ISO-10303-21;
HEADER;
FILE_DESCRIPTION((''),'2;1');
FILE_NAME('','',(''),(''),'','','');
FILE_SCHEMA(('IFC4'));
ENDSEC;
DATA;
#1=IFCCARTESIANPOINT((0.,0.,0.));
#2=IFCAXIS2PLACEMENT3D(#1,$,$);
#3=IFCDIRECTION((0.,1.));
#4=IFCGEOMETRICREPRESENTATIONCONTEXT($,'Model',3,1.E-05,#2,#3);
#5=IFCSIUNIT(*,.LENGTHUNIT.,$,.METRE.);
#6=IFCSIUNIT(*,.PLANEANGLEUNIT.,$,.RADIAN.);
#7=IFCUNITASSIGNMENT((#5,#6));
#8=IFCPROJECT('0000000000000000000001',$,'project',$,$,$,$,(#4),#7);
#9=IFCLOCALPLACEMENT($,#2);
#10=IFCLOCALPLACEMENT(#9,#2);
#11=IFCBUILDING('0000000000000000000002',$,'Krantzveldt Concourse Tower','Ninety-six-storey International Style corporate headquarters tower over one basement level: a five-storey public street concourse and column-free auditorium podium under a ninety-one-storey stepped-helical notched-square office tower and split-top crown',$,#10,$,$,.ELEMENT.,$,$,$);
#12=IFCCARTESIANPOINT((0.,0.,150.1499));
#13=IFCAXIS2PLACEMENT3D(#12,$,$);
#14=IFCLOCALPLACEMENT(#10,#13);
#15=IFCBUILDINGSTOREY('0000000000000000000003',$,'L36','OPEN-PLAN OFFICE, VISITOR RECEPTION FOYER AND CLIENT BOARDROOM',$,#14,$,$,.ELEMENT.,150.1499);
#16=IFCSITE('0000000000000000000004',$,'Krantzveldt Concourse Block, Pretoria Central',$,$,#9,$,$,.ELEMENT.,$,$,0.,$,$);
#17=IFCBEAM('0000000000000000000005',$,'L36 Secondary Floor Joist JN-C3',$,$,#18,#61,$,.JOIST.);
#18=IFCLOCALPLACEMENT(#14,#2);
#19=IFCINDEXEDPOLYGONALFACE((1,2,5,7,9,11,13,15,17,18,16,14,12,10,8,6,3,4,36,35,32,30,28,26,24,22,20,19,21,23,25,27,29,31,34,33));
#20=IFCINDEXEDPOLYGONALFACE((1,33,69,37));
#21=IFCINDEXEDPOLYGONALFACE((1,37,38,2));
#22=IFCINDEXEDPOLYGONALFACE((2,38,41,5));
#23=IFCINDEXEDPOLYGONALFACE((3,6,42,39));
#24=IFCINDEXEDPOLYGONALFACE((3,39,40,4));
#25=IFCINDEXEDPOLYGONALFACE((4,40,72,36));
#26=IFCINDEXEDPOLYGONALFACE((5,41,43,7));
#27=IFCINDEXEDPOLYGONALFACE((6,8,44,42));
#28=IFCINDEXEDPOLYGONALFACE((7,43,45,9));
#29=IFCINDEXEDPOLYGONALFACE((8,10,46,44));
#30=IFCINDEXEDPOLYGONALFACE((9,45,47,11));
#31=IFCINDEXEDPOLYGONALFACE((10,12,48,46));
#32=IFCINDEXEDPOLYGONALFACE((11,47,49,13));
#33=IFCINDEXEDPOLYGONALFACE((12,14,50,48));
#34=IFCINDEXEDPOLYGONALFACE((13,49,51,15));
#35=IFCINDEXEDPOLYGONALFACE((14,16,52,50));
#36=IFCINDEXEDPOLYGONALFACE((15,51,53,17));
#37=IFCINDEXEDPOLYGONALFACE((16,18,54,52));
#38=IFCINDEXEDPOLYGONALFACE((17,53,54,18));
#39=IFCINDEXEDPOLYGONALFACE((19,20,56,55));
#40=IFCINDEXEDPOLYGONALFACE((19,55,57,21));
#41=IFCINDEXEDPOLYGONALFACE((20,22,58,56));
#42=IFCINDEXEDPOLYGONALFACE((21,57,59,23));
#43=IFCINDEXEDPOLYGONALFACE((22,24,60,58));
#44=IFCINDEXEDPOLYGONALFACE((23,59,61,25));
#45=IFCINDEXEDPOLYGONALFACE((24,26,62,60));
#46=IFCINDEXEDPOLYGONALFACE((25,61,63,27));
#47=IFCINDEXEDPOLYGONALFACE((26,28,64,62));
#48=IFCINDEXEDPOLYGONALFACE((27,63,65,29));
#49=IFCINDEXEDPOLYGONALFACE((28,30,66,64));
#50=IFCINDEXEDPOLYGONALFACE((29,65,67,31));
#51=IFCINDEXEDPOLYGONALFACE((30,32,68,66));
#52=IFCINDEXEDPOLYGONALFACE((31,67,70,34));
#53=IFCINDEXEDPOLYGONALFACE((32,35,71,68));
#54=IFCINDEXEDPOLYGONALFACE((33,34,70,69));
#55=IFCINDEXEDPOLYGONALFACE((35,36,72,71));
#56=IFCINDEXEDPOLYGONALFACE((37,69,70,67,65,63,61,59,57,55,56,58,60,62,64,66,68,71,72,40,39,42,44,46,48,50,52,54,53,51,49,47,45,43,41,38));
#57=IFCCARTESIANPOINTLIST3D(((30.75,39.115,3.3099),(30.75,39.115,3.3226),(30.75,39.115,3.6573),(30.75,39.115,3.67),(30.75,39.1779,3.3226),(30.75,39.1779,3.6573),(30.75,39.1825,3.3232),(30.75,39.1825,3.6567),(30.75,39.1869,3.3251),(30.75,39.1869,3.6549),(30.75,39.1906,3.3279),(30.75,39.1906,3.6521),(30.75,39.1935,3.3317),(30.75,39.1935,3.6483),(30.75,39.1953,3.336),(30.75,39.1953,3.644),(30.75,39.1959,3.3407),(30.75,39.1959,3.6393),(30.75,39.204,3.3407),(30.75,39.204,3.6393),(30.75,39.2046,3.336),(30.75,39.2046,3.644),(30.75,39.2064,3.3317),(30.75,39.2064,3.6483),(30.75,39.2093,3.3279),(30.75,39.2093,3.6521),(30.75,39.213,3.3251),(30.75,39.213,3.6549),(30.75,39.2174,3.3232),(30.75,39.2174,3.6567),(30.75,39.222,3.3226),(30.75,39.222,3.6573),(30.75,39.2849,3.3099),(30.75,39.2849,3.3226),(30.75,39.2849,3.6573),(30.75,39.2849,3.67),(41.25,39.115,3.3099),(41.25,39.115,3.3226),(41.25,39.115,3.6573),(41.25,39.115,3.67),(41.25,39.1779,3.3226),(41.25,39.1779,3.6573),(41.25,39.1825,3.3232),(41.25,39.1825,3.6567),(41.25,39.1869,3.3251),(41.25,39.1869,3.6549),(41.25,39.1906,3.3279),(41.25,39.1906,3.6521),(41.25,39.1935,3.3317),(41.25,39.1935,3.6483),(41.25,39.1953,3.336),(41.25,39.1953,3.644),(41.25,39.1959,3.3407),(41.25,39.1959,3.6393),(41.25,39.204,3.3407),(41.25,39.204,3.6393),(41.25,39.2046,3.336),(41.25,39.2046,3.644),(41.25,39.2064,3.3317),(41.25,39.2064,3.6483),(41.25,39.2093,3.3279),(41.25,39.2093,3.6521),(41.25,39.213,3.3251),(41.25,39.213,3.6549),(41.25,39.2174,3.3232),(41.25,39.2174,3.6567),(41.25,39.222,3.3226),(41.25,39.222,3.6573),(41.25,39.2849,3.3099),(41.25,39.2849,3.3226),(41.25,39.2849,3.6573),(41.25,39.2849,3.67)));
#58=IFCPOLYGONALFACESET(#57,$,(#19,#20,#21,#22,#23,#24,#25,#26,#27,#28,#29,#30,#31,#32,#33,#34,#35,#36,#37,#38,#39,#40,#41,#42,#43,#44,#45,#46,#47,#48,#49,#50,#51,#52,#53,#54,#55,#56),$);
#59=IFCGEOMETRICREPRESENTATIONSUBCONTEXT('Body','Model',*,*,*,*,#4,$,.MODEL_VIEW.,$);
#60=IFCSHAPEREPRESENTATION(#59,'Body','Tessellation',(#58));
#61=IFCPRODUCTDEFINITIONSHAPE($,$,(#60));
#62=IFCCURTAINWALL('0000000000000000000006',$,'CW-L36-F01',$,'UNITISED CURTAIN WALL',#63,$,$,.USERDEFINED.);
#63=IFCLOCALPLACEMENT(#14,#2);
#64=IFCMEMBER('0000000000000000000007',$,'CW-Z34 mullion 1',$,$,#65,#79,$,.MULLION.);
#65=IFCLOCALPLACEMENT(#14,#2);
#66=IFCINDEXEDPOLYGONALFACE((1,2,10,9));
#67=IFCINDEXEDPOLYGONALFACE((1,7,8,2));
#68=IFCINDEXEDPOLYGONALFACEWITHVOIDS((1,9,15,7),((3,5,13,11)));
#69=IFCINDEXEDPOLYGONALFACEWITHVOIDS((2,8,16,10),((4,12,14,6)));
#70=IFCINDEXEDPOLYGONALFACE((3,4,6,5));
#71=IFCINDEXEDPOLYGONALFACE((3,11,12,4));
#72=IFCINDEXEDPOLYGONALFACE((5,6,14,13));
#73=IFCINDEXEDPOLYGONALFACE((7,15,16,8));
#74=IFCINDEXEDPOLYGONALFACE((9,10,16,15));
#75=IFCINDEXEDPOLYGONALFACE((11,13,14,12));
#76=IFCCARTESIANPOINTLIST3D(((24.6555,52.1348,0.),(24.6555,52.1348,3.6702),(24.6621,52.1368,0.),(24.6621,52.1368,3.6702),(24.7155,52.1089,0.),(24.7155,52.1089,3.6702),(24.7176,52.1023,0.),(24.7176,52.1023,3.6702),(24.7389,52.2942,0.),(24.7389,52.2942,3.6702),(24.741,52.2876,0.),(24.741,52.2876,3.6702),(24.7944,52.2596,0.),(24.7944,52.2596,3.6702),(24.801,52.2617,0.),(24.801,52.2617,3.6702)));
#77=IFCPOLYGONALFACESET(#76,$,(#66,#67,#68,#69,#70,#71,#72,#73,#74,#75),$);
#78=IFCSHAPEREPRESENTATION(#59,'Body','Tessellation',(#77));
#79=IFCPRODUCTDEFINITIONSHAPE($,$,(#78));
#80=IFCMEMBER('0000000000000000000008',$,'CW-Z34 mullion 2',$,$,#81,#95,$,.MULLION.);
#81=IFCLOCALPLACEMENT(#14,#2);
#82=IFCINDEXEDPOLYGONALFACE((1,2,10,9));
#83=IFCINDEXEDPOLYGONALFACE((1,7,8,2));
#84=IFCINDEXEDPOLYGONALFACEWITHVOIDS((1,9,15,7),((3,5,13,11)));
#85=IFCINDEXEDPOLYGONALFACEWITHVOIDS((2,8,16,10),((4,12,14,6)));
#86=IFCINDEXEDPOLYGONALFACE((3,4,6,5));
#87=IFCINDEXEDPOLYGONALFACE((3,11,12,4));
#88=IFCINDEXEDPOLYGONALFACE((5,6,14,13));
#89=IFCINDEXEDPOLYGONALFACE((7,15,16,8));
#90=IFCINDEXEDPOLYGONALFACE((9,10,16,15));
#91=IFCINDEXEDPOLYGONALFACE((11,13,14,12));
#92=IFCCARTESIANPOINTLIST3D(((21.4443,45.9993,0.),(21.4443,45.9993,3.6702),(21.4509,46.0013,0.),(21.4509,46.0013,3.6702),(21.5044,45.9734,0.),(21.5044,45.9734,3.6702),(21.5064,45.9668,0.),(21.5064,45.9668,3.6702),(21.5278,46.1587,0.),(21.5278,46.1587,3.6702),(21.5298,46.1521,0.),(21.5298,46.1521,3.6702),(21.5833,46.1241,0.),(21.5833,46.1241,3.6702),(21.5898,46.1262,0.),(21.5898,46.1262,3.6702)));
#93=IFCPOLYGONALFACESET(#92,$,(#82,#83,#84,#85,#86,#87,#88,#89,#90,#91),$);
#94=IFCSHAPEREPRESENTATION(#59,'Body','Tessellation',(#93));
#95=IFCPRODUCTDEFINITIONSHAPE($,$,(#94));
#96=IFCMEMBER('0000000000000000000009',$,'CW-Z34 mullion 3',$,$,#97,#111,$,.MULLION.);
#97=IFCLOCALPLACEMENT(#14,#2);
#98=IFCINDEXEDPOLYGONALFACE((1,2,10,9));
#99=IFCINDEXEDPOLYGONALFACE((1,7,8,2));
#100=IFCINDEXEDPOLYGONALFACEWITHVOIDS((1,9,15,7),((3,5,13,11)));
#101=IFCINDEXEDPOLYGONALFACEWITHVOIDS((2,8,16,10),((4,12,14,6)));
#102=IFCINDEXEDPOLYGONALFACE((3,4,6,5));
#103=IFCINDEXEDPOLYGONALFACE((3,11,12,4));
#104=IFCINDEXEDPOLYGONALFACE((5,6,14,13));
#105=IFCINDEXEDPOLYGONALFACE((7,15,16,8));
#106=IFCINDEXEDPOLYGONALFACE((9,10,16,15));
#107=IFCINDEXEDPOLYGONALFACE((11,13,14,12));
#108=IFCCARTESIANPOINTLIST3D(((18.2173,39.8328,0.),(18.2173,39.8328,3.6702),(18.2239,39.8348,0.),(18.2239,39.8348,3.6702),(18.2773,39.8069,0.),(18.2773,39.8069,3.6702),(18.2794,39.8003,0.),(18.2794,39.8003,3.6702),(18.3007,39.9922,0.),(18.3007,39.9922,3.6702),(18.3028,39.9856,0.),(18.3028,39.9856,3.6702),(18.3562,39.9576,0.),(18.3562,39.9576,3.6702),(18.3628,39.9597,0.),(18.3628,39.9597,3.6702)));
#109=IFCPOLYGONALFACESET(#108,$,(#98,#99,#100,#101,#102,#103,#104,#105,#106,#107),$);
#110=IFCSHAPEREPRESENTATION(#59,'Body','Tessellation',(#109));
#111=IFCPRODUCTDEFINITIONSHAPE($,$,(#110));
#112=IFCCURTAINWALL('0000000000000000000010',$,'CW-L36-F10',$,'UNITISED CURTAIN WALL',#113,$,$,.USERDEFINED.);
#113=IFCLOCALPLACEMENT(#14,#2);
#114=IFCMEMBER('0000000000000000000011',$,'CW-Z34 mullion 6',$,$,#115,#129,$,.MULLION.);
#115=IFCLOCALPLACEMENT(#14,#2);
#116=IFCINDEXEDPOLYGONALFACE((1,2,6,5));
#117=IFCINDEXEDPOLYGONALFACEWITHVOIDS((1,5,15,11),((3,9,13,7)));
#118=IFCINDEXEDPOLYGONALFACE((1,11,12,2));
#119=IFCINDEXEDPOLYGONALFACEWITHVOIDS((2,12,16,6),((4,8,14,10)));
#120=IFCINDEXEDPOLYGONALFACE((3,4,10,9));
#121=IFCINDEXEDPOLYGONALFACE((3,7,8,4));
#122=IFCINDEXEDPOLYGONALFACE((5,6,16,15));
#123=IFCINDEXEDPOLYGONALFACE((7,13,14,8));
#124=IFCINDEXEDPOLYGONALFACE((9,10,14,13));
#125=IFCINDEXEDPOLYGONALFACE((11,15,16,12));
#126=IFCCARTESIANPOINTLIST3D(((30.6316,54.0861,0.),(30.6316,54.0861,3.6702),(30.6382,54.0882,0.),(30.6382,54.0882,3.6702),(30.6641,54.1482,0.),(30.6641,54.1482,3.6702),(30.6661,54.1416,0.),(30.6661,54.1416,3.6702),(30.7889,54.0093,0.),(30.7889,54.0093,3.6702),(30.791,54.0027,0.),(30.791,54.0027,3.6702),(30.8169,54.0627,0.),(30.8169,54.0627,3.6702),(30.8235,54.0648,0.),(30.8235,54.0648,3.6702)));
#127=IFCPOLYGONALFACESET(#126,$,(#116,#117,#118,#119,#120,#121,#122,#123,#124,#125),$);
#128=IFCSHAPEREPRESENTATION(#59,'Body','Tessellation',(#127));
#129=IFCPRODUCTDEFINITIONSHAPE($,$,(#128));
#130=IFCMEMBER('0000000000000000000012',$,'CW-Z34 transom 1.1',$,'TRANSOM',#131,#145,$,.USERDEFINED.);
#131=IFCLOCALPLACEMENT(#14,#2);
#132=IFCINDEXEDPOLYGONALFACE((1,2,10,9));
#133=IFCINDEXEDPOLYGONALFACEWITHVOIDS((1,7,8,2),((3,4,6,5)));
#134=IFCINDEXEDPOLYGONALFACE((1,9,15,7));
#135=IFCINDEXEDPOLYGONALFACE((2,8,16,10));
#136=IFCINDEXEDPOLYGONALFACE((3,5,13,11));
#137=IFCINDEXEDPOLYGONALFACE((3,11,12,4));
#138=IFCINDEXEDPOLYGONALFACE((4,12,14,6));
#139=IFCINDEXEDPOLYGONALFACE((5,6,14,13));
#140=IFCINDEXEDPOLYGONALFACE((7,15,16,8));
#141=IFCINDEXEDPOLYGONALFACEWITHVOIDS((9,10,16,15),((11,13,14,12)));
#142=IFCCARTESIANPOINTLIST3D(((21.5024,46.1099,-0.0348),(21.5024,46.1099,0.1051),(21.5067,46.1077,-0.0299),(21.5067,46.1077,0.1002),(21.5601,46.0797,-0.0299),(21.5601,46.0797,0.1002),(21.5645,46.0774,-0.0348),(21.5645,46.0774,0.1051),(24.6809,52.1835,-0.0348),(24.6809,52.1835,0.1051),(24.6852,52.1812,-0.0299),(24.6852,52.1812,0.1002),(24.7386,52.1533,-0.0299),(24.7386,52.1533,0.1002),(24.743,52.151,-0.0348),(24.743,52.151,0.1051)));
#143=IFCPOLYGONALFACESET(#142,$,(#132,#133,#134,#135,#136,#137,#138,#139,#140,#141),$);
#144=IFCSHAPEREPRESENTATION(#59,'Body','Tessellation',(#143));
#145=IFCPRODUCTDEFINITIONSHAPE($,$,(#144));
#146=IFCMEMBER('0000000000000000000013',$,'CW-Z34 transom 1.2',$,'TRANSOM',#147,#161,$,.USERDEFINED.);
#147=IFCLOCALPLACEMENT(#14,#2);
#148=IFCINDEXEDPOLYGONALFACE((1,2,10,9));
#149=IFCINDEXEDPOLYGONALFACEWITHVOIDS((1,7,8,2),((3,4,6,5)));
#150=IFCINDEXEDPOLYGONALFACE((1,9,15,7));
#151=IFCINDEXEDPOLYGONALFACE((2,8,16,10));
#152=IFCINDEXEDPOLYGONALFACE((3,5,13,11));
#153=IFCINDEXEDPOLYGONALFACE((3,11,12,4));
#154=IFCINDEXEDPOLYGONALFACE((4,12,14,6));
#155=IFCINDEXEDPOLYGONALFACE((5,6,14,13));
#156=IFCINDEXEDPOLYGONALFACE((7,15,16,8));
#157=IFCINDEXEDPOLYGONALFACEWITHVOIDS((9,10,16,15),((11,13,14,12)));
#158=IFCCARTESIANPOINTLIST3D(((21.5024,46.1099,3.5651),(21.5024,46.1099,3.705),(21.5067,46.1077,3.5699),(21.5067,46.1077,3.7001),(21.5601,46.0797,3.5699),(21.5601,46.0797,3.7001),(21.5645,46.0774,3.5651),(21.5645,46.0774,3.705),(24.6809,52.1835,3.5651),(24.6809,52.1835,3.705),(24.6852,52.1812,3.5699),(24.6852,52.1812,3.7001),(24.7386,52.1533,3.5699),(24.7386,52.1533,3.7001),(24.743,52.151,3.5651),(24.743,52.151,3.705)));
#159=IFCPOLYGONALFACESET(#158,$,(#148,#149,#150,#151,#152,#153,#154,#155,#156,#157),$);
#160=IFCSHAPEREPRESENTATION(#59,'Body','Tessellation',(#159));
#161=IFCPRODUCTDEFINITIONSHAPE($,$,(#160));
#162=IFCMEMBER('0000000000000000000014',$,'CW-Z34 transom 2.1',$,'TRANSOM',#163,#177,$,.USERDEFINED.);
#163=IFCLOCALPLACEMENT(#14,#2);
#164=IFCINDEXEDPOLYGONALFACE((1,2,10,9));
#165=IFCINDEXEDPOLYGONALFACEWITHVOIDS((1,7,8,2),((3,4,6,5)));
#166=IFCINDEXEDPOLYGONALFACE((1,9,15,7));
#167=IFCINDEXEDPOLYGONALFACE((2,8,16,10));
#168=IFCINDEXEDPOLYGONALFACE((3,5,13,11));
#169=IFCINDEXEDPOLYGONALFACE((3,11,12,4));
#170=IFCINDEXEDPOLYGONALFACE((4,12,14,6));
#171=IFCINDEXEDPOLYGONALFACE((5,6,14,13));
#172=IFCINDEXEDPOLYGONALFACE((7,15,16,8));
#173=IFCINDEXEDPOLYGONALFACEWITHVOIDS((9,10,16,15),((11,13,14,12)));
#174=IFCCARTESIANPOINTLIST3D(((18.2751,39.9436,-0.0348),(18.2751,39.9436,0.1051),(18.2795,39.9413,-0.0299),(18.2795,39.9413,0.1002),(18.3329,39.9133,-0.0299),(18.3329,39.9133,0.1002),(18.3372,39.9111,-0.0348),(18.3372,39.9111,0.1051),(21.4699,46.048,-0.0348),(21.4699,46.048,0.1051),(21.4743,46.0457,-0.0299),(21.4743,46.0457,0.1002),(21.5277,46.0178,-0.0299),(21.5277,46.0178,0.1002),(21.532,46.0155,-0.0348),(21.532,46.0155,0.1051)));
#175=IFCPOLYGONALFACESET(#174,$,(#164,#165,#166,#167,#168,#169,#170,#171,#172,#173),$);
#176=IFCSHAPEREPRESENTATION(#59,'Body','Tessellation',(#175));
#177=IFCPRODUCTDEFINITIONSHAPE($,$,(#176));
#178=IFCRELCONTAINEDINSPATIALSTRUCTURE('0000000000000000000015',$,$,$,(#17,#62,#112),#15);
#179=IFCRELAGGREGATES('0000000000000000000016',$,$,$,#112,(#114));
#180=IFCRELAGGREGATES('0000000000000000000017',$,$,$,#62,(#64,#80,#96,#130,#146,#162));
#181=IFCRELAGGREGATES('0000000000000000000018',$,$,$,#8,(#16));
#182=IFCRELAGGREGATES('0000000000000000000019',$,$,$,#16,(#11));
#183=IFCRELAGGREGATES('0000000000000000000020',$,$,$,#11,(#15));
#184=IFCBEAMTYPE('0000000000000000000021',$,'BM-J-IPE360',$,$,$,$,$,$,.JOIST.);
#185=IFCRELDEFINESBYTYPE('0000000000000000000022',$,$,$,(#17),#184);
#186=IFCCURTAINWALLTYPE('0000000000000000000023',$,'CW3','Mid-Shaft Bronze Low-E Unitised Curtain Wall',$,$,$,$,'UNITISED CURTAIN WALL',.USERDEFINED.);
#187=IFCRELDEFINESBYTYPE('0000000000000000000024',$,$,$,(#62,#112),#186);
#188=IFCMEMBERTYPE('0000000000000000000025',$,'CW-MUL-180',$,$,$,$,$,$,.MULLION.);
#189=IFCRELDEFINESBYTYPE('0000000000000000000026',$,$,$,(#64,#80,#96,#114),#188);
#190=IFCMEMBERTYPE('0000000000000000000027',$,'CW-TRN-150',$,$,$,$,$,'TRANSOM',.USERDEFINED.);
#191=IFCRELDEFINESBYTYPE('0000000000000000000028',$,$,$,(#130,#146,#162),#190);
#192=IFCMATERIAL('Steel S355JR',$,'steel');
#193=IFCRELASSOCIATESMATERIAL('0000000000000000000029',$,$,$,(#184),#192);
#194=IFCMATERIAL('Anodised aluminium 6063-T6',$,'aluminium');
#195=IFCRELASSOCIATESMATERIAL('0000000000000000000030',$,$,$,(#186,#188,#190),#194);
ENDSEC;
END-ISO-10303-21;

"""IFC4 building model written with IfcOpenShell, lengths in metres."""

from ifc_helpers import new_model, si_unit, direction, frame, origin, origin_2d, place, context, subcontext, project, spatial, hollow_rectangle, i_section, extrude, source, transform, mapped, material, material_profile, profile_set, type_object, type_shapes, element, aggregate, save


model = new_model("IFC4")

# Units and contexts
model_context = context("Model", 3, precision=1e-05, world=origin(), true_north=direction((0.0, 1.0)))
body_context = subcontext(model_context, "Body", "Model", "MODEL_VIEW")
ifc_project = project(units=[si_unit("LENGTHUNIT", "METRE"), si_unit("PLANEANGLEUNIT", "RADIAN")], contexts=[model_context])

# Site, building, storey
site_placement = place(None, origin())
site = spatial("IfcSite", under=ifc_project, at=site_placement, Name="Krantzveldt Concourse Block, Pretoria Central", CompositionType="ELEMENT", RefElevation=0.0)
building_placement = place(site_placement, origin())
building = spatial("IfcBuilding", under=site, at=building_placement, Name="Krantzveldt Concourse Tower", Description="Ninety-six-storey International Style corporate headquarters tower over one basement level: a five-storey public street concourse and column-free auditorium podium under a ninety-one-storey stepped-helical notched-square office tower and split-top crown", CompositionType="ELEMENT")
storey_placement = place(building_placement, frame((0.0, 0.0, 150.1499)))
storey = spatial("IfcBuildingStorey", under=building, at=storey_placement, Name="L36", Description="OPEN-PLAN OFFICE, VISITOR RECEPTION FOYER AND CLIENT BOARDROOM", CompositionType="ELEMENT", Elevation=150.1499)

# Beam
ifc_material_1 = material(Name="Steel S355JR", Category="steel")
ifc_material_profile_1 = material_profile(ifc_material_1, i_section(OverallWidth=0.1699, OverallDepth=0.3601, WebThickness=0.0081, FlangeThickness=0.0127, FilletRadius=0.0181, at=origin_2d()), Name="Steel S355JR", Category="steel")
ifc_profile_set_1 = profile_set([ifc_material_profile_1], Name="Steel S355JR - IPE 360")
beam_type_1 = type_object("IfcBeamType", Name="BM-J-IPE360", PredefinedType="JOIST", material=ifc_profile_set_1)
shared_shape_1 = source(origin(), body_context, "Body", "SweptSolid", [
    extrude(i_section(OverallWidth=0.1699, OverallDepth=0.3601, WebThickness=0.0081, FlangeThickness=0.0127, FilletRadius=0.0181, at=origin_2d()), origin(), (0.0, 0.0, 1.0), 10.5),
])
type_shapes(beam_type_1, [shared_shape_1])
beam_1_placement = place(storey_placement, frame((30.75, 39.2, 3.49), z_axis=(1.0, 0.0, 0.0), x_axis=(0.0, 1.0, 0.0)))
element("IfcBeam", 1, at=beam_1_placement, inside=storey, type_object=beam_type_1, Name="L36 Secondary Floor Joist JN-C3", PredefinedType="JOIST", context=body_context, shape_type="MappedRepresentation", body=[
    mapped(shared_shape_1, transform((0.0, 0.0, 0.0), x_axis=(1.0, 0.0, 0.0), y_axis=(0.0, 1.0, 0.0), z_axis=(0.0, 0.0, 1.0), scale=1.0)),
])

# Curtain wall, members
ifc_material_2 = material(Name="Anodised aluminium 6063-T6", Category="aluminium")
curtain_wall_type = type_object("IfcCurtainWallType", Name="CW3", Description="Mid-Shaft Bronze Low-E Unitised Curtain Wall", ElementType="UNITISED CURTAIN WALL", PredefinedType="USERDEFINED", material=ifc_material_2)
curtain_wall_1_placement = place(storey_placement, origin())
curtain_wall_1 = element("IfcCurtainWall", 2, at=curtain_wall_1_placement, inside=storey, type_object=curtain_wall_type, Name="CW-L36-F01", ObjectType="UNITISED CURTAIN WALL", PredefinedType="USERDEFINED")
ifc_material_profile_2 = material_profile(ifc_material_2, hollow_rectangle(XDim=0.0701, YDim=0.1799, WallThickness=0.0049, at=origin_2d()), Name="Anodised aluminium 6063-T6", Category="aluminium")
ifc_profile_set_2 = profile_set([ifc_material_profile_2], Name="Anodised aluminium 6063-T6 - ALU-MULL 180x70x5")
member_type_1 = type_object("IfcMemberType", Name="CW-MUL-180", PredefinedType="MULLION", material=ifc_profile_set_2)
shared_shape_2 = source(origin(), body_context, "Body", "SweptSolid", [
    extrude(hollow_rectangle(XDim=0.0701, YDim=0.1799, WallThickness=0.0049, at=origin_2d()), origin(), (0.0, 0.0, 1.0), 3.6702),
])
type_shapes(member_type_1, [shared_shape_2])
member_1_placement = place(storey_placement, frame((24.7283, 52.1982, 0.0), z_axis=(0.0, 0.0, 1.0), x_axis=(0.886001, -0.463683, 0.0)))
member_1 = element("IfcMember", 3, at=member_1_placement, type_object=member_type_1, Name="CW-Z34 mullion 1", PredefinedType="MULLION", context=body_context, shape_type="MappedRepresentation", body=[
    mapped(shared_shape_2, transform((0.0, 0.0, 0.0), x_axis=(1.0, 0.0, 0.0), y_axis=(0.0, 1.0, 0.0), z_axis=(0.0, 0.0, 1.0), scale=1.0)),
])
member_2_placement = place(storey_placement, frame((21.5171, 46.0627, 0.0), z_axis=(0.0, 0.0, 1.0), x_axis=(0.886001, -0.463683, 0.0)))
member_2 = element("IfcMember", 4, at=member_2_placement, type_object=member_type_1, Name="CW-Z34 mullion 2", PredefinedType="MULLION", context=body_context, shape_type="MappedRepresentation", body=[
    mapped(shared_shape_2, transform((0.0, 0.0, 0.0), x_axis=(1.0, 0.0, 0.0), y_axis=(0.0, 1.0, 0.0), z_axis=(0.0, 0.0, 1.0), scale=1.0)),
])
member_3_placement = place(storey_placement, frame((18.29, 39.8962, 0.0), z_axis=(0.0, 0.0, 1.0), x_axis=(0.886001, -0.463683, 0.0)))
member_3 = element("IfcMember", 5, at=member_3_placement, type_object=member_type_1, Name="CW-Z34 mullion 3", PredefinedType="MULLION", context=body_context, shape_type="MappedRepresentation", body=[
    mapped(shared_shape_2, transform((0.0, 0.0, 0.0), x_axis=(1.0, 0.0, 0.0), y_axis=(0.0, 1.0, 0.0), z_axis=(0.0, 0.0, 1.0), scale=1.0)),
])

# Curtain wall, member
curtain_wall_2_placement = place(storey_placement, origin())
curtain_wall_2 = element("IfcCurtainWall", 6, at=curtain_wall_2_placement, inside=storey, type_object=curtain_wall_type, Name="CW-L36-F10", ObjectType="UNITISED CURTAIN WALL", PredefinedType="USERDEFINED")
member_4_placement = place(storey_placement, frame((30.7275, 54.0754, 0.0), z_axis=(0.0, 0.0, 1.0), x_axis=(-0.463683, -0.886001, 0.0)))
member_4 = element("IfcMember", 7, at=member_4_placement, type_object=member_type_1, Name="CW-Z34 mullion 6", PredefinedType="MULLION", context=body_context, shape_type="MappedRepresentation", body=[
    mapped(shared_shape_2, transform((0.0, 0.0, 0.0), x_axis=(1.0, 0.0, 0.0), y_axis=(0.0, 1.0, 0.0), z_axis=(0.0, 0.0, 1.0), scale=1.0)),
])

# Members
ifc_material_profile_3 = material_profile(ifc_material_2, hollow_rectangle(XDim=0.0701, YDim=0.1399, WallThickness=0.0049, at=origin_2d()), Name="Anodised aluminium 6063-T6", Category="aluminium")
ifc_profile_set_3 = profile_set([ifc_material_profile_3], Name="Anodised aluminium 6063-T6 - ALU-TRAN 140x70x5")
member_type_2 = type_object("IfcMemberType", Name="CW-TRN-150", ElementType="TRANSOM", PredefinedType="USERDEFINED", material=ifc_profile_set_3)
shared_shape_3 = source(origin(), body_context, "Body", "SweptSolid", [
    extrude(hollow_rectangle(XDim=0.0701, YDim=0.1399, WallThickness=0.0049, at=origin_2d()), origin(), (0.0, 0.0, 1.0), 6.855),
])
member_5_placement = place(storey_placement, frame((24.7119, 52.1672, 0.0352), z_axis=(-0.463677, -0.886004, 0.0), x_axis=(0.886004, -0.463677, 0.0)))
member_5 = element("IfcMember", 8, at=member_5_placement, type_object=member_type_2, Name="CW-Z34 transom 1.1", ObjectType="TRANSOM", PredefinedType="USERDEFINED", context=body_context, shape_type="MappedRepresentation", body=[
    mapped(shared_shape_3, transform((0.0, 0.0, 0.0), x_axis=(1.0, 0.0, 0.0), y_axis=(0.0, 1.0, 0.0), z_axis=(0.0, 0.0, 1.0), scale=1.0)),
])
member_6_placement = place(storey_placement, frame((24.7119, 52.1672, 3.635), z_axis=(-0.463677, -0.886004, 0.0), x_axis=(0.886004, -0.463677, 0.0)))
member_6 = element("IfcMember", 9, at=member_6_placement, type_object=member_type_2, Name="CW-Z34 transom 1.2", ObjectType="TRANSOM", PredefinedType="USERDEFINED", context=body_context, shape_type="MappedRepresentation", body=[
    mapped(shared_shape_3, transform((0.0, 0.0, 0.0), x_axis=(1.0, 0.0, 0.0), y_axis=(0.0, 1.0, 0.0), z_axis=(0.0, 0.0, 1.0), scale=1.0)),
])
shared_shape_4 = source(origin(), body_context, "Body", "SweptSolid", [
    extrude(hollow_rectangle(XDim=0.0701, YDim=0.1399, WallThickness=0.0049, at=origin_2d()), origin(), (0.0, 0.0, 1.0), 6.8899),
])
type_shapes(member_type_2, [shared_shape_3, shared_shape_4])
member_7_placement = place(storey_placement, frame((21.501, 46.0317, 0.0352), z_axis=(-0.463692, -0.885997, 0.0), x_axis=(0.885997, -0.463692, 0.0)))
member_7 = element("IfcMember", 10, at=member_7_placement, type_object=member_type_2, Name="CW-Z34 transom 2.1", ObjectType="TRANSOM", PredefinedType="USERDEFINED", context=body_context, shape_type="MappedRepresentation", body=[
    mapped(shared_shape_4, transform((0.0, 0.0, 0.0), x_axis=(1.0, 0.0, 0.0), y_axis=(0.0, 1.0, 0.0), z_axis=(0.0, 0.0, 1.0), scale=1.0)),
])

aggregate(curtain_wall_2, [member_4])
aggregate(curtain_wall_1, [member_1, member_2, member_3, member_5, member_6, member_7])

save(model, "model.ifc")
